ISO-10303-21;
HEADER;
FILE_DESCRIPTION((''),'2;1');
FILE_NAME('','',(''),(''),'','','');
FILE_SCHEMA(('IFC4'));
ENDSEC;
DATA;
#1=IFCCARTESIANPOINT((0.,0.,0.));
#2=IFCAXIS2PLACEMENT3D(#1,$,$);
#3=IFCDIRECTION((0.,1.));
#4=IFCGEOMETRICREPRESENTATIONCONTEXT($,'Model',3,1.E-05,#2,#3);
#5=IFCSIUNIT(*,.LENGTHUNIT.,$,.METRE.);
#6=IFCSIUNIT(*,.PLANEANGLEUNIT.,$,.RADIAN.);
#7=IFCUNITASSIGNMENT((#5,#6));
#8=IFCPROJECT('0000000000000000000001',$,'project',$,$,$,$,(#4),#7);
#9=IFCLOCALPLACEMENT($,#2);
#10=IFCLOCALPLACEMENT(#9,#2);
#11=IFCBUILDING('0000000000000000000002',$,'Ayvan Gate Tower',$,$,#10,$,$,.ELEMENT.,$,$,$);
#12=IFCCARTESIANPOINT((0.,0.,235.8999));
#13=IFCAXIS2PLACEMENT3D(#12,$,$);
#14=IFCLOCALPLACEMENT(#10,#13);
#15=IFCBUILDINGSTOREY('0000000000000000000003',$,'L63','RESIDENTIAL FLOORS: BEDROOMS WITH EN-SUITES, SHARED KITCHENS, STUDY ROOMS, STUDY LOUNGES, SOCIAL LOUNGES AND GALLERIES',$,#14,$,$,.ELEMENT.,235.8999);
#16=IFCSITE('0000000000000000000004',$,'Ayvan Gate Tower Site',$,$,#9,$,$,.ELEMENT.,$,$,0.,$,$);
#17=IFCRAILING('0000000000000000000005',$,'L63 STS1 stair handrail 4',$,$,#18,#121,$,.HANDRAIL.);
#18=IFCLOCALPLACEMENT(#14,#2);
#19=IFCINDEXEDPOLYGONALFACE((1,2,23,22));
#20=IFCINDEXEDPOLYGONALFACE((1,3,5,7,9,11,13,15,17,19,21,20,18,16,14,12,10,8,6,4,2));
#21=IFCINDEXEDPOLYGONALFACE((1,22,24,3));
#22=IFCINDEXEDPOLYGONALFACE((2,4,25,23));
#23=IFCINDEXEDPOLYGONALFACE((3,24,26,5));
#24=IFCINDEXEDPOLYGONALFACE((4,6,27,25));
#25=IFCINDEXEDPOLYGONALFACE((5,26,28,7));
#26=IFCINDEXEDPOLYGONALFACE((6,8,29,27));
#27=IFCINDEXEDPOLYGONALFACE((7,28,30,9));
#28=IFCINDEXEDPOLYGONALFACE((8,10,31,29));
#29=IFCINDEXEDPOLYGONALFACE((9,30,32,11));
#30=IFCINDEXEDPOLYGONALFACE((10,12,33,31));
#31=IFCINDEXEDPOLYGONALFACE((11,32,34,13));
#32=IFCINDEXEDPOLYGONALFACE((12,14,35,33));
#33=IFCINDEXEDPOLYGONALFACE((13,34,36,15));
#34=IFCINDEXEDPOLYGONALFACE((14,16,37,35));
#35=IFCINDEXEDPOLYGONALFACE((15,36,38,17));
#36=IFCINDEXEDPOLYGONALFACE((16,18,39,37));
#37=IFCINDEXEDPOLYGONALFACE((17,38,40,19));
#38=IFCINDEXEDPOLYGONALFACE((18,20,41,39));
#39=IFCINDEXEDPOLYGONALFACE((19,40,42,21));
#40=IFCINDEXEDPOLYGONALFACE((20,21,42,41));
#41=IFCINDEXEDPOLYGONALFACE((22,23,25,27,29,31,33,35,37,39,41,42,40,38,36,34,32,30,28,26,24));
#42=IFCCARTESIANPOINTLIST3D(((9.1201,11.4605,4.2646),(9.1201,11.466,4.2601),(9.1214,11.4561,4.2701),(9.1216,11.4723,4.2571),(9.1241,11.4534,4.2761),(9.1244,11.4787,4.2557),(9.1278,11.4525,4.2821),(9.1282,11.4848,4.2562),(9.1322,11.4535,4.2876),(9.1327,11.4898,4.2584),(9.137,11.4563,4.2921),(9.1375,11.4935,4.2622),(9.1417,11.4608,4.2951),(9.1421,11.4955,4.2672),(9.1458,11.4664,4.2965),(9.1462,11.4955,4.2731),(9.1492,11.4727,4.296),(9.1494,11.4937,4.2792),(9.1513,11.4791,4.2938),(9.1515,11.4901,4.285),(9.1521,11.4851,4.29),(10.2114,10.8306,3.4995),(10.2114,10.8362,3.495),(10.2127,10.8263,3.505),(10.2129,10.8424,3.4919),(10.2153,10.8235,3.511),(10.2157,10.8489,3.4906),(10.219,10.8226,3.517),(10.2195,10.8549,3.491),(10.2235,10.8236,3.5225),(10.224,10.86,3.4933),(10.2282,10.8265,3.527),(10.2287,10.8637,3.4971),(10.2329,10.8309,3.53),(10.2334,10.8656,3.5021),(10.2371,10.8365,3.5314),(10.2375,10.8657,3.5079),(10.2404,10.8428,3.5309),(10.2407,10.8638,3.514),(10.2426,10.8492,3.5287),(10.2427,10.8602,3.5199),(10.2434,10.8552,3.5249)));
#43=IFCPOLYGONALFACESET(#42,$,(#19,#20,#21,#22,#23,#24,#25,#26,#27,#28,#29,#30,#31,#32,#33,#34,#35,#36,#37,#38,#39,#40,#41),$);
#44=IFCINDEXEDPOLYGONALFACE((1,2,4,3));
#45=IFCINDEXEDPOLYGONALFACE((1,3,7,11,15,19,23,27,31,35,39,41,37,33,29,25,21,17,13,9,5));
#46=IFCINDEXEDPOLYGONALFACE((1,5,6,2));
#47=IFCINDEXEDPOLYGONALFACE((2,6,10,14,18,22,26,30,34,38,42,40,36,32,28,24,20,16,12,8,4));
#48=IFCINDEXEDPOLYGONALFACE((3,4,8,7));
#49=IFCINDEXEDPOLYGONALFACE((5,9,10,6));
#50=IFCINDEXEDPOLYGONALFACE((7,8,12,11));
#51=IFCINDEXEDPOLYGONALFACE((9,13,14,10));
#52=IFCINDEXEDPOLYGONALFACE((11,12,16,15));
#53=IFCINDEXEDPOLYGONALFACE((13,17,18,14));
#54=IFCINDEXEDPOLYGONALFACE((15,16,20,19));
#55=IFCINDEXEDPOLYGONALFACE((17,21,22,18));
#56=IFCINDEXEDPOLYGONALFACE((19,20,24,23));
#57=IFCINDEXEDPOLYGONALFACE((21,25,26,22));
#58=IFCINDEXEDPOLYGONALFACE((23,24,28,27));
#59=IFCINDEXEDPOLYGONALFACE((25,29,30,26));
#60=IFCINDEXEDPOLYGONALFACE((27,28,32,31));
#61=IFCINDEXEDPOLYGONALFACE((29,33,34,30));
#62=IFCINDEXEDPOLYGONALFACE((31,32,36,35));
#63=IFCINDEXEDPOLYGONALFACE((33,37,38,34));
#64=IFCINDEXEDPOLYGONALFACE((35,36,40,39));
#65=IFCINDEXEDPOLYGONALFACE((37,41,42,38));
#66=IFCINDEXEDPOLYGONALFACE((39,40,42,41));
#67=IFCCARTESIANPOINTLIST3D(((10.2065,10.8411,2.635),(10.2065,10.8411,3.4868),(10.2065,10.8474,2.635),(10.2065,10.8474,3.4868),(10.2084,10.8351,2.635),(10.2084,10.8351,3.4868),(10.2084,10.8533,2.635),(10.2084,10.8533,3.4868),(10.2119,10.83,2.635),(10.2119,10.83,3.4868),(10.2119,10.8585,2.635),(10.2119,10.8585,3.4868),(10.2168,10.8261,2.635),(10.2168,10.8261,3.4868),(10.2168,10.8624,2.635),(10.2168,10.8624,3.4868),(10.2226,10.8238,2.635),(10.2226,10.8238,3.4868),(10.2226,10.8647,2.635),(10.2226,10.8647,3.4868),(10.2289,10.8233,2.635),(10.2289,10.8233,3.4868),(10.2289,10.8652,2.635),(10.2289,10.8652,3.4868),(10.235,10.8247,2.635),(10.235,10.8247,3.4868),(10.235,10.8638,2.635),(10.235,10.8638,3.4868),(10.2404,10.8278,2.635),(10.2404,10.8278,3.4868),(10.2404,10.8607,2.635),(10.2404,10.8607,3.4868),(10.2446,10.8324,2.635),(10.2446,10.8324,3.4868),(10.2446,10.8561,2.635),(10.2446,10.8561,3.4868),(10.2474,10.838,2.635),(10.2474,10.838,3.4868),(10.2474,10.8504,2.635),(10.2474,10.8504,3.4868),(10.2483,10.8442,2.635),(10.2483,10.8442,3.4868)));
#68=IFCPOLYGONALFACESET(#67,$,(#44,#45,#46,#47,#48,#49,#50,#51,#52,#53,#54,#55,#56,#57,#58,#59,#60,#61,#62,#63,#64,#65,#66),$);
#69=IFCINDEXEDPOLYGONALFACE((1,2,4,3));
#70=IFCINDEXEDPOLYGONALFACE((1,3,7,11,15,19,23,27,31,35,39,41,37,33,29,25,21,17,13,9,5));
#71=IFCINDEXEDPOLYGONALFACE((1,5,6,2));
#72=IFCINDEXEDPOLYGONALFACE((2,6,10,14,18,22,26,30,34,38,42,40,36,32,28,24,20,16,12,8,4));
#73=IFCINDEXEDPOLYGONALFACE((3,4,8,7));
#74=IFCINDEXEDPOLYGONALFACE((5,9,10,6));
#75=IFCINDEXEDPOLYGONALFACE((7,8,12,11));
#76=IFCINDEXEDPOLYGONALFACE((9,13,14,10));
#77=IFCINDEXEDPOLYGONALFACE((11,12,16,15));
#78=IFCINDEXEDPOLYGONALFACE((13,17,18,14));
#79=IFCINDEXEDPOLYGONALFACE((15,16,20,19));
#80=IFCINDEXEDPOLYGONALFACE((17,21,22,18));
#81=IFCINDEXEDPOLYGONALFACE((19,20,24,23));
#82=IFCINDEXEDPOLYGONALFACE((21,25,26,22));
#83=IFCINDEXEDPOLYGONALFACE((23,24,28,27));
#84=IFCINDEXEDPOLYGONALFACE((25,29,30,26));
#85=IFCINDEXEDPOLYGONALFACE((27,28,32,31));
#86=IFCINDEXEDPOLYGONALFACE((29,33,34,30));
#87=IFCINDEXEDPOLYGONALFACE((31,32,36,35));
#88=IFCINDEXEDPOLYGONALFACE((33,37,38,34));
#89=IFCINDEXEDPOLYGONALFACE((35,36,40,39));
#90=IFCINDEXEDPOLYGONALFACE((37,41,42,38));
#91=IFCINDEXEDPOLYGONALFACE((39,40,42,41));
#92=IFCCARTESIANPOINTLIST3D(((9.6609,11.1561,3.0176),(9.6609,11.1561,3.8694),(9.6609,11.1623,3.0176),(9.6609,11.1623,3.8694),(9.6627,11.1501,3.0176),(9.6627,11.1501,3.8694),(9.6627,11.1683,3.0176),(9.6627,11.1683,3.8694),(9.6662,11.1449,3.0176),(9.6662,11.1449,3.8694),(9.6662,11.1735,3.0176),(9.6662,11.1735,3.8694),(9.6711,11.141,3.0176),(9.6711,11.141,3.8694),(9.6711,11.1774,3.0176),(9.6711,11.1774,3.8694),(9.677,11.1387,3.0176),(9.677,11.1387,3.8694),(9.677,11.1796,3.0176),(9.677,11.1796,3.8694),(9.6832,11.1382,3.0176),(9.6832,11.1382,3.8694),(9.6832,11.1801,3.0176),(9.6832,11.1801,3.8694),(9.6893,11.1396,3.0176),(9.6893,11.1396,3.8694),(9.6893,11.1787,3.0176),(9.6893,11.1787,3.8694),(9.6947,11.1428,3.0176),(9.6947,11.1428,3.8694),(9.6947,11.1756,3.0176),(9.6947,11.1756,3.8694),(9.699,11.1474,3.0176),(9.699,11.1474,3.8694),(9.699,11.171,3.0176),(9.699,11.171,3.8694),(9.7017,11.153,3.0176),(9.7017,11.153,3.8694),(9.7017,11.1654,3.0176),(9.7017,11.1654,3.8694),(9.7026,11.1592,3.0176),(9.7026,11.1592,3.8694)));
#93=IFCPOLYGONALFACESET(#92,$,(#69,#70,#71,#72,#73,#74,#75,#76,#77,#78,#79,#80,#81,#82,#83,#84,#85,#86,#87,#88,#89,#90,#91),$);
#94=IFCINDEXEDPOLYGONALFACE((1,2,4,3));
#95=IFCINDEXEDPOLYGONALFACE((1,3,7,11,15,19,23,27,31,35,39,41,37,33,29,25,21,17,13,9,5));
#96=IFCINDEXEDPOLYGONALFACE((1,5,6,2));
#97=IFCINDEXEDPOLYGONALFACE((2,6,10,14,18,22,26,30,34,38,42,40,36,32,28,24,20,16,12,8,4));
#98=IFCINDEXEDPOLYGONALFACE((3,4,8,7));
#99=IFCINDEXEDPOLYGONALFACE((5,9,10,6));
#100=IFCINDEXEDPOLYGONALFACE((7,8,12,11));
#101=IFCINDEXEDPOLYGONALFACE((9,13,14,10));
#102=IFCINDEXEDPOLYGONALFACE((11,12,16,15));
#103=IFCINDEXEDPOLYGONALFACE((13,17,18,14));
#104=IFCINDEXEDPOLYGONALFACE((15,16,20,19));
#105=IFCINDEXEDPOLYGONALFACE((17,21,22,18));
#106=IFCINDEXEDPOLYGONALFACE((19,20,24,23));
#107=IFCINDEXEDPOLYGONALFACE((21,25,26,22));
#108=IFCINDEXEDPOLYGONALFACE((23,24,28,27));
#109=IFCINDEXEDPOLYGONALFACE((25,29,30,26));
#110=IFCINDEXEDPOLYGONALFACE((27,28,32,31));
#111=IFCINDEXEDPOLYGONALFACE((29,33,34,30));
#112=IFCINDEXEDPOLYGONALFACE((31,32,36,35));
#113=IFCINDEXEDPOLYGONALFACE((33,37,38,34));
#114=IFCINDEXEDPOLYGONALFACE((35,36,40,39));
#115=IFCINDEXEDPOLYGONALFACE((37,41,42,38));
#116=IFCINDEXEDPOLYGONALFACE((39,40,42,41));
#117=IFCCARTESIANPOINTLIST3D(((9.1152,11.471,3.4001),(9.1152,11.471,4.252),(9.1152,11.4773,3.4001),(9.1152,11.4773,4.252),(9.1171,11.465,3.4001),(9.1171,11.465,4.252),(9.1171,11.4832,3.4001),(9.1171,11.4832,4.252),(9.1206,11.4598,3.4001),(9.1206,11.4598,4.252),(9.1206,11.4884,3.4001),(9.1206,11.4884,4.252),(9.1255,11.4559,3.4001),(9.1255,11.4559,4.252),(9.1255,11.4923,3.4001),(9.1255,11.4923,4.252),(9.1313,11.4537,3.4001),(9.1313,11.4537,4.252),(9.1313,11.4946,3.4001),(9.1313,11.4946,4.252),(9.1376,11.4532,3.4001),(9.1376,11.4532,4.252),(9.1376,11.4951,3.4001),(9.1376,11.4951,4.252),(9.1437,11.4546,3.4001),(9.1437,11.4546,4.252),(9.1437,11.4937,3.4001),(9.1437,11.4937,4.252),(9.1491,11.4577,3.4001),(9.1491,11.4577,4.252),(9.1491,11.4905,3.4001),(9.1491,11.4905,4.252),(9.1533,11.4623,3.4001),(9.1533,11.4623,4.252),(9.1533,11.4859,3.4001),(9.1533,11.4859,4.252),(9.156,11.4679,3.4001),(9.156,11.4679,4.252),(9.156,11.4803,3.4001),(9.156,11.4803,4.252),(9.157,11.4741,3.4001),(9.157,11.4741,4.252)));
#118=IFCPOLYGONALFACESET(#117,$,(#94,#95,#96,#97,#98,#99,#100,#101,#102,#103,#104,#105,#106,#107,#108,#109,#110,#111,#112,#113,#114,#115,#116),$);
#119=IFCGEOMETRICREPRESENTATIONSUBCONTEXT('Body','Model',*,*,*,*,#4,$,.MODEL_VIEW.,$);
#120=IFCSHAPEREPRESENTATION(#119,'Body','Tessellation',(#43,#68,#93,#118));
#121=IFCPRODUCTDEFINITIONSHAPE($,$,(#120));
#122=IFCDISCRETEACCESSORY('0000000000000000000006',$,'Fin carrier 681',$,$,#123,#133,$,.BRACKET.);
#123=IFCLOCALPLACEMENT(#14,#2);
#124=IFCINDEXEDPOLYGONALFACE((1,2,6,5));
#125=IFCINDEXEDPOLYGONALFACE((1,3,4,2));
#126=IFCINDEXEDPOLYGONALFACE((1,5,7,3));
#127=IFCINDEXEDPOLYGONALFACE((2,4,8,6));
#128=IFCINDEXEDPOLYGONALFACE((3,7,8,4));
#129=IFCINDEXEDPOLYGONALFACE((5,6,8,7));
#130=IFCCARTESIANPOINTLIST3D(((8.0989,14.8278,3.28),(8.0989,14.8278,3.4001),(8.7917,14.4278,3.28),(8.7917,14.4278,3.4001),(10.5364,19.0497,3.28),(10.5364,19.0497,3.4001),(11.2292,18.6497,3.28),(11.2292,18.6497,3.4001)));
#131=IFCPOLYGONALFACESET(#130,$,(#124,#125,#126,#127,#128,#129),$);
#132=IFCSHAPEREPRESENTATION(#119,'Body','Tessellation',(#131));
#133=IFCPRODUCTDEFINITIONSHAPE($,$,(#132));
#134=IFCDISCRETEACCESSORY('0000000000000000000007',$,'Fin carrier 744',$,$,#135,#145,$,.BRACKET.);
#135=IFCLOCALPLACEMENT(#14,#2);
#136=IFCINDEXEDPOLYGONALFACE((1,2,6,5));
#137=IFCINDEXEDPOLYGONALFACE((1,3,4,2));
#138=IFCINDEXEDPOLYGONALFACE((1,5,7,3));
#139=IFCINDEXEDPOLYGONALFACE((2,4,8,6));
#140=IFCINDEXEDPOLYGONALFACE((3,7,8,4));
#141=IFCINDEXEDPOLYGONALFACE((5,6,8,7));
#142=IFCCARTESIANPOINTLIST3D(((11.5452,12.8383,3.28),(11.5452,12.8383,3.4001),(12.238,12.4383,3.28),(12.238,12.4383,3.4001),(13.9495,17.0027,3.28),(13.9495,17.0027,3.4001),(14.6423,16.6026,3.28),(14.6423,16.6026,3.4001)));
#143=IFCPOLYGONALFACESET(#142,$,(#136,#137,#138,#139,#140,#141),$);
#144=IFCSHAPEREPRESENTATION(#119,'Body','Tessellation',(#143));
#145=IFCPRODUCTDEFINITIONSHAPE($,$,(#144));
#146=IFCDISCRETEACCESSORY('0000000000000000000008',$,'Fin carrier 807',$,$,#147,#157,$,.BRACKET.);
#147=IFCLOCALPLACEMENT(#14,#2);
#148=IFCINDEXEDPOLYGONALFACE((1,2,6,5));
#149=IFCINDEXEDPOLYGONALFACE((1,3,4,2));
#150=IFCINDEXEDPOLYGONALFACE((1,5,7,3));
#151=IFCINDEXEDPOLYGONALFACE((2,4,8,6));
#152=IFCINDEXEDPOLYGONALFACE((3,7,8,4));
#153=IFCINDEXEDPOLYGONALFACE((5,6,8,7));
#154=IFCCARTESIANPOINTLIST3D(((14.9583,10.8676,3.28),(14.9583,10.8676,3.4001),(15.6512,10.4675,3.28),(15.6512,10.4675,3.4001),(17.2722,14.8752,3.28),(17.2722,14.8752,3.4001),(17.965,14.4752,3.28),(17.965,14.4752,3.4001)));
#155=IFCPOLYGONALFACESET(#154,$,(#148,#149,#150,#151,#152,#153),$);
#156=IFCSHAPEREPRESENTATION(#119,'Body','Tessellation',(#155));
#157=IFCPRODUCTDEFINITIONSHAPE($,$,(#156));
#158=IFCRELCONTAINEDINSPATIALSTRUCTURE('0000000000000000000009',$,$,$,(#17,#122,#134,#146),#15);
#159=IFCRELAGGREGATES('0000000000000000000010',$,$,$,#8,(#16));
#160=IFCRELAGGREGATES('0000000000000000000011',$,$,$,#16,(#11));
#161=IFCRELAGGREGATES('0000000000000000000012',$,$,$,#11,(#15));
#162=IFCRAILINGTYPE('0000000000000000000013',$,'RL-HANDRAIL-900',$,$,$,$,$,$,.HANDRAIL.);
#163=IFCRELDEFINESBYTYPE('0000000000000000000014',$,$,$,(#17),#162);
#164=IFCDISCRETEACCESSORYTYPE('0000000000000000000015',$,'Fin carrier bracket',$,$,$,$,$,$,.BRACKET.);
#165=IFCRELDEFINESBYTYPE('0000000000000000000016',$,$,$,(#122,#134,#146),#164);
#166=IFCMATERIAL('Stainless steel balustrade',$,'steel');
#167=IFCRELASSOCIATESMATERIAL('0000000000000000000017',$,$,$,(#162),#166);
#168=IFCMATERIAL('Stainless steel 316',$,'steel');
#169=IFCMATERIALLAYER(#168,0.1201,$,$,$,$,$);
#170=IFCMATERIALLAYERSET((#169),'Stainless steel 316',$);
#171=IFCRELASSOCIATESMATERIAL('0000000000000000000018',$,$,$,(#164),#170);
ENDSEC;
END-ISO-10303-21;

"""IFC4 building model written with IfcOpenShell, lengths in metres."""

from ifc_helpers import new_model, si_unit, direction, frame, origin, origin_2d, place, context, subcontext, project, spatial, rectangle, circle, extrude, material, layer, layer_set, type_object, element, save


model = new_model("IFC4")

# Units and contexts
model_context = context("Model", 3, precision=1e-05, world=origin(), true_north=direction((0.0, 1.0)))
body_context = subcontext(model_context, "Body", "Model", "MODEL_VIEW")
ifc_project = project(units=[si_unit("LENGTHUNIT", "METRE"), si_unit("PLANEANGLEUNIT", "RADIAN")], contexts=[model_context])

# Site, building, storey
site_placement = place(None, origin())
site = spatial("IfcSite", under=ifc_project, at=site_placement, Name="Ayvan Gate Tower Site", CompositionType="ELEMENT", RefElevation=0.0)
building_placement = place(site_placement, origin())
building = spatial("IfcBuilding", under=site, at=building_placement, Name="Ayvan Gate Tower", CompositionType="ELEMENT")
storey_placement = place(building_placement, frame((0.0, 0.0, 235.8999)))
storey = spatial("IfcBuildingStorey", under=building, at=storey_placement, Name="L63", Description="RESIDENTIAL FLOORS: BEDROOMS WITH EN-SUITES, SHARED KITCHENS, STUDY ROOMS, STUDY LOUNGES, SOCIAL LOUNGES AND GALLERIES", CompositionType="ELEMENT", Elevation=235.8999)

# Railing
ifc_material_1 = material(Name="Stainless steel balustrade", Category="steel")
railing_type = type_object("IfcRailingType", Name="RL-HANDRAIL-900", PredefinedType="HANDRAIL", material=ifc_material_1)
railing_placement = place(storey_placement, frame((10.2273, 10.8442, 2.635)))
element("IfcRailing", 1, at=railing_placement, inside=storey, type_object=railing_type, Name="L63 STS1 stair handrail 4", PredefinedType="HANDRAIL", context=body_context, shape_type="SweptSolid", body=[
    extrude(circle(Radius=0.0239, at=origin_2d()), frame((0.0, 0.0, 0.876), z_axis=(-0.740293, 0.427283, 0.519033), x_axis=(-0.49989, -0.866089, 0.0)), (0.0, 0.0, 1.0), 1.4741),
    extrude(circle(Radius=0.021, at=origin_2d()), origin(), (0.0, 0.0, 1.0), 0.8518),
    extrude(circle(Radius=0.021, at=origin_2d()), frame((-0.5457, 0.3149, 0.3826)), (0.0, 0.0, 1.0), 0.8518),
    extrude(circle(Radius=0.021, at=origin_2d()), frame((-1.0913, 0.6299, 0.7651)), (0.0, 0.0, 1.0), 0.8518),
])

# Discrete accessories
ifc_material_2 = material(Name="Stainless steel 316", Category="steel")
ifc_layer_1 = layer(ifc_material_2, 0.1201)
ifc_layer_set_1 = layer_set([ifc_layer_1], Name="Stainless steel 316")
discrete_accessory_type = type_object("IfcDiscreteAccessoryType", Name="Fin carrier bracket", PredefinedType="BRACKET", material=ifc_layer_set_1)
discrete_accessory_1_placement = place(storey_placement, frame((9.6641, 16.7388, 3.28), z_axis=(0.0, 0.0, 1.0), x_axis=(-0.866025, 0.5, 0.0)))
element("IfcDiscreteAccessory", 2, at=discrete_accessory_1_placement, inside=storey, type_object=discrete_accessory_type, Name="Fin carrier 681", PredefinedType="BRACKET", context=body_context, shape_type="SweptSolid", body=[
    extrude(rectangle(XDim=0.8, YDim=4.875, at=origin_2d()), origin(), (0.0, 0.0, 1.0), 0.1201),
])
discrete_accessory_2_placement = place(storey_placement, frame((13.0938, 14.7205, 3.28), z_axis=(0.0, 0.0, 1.0), x_axis=(-0.866025, 0.5, 0.0)))
element("IfcDiscreteAccessory", 3, at=discrete_accessory_2_placement, inside=storey, type_object=discrete_accessory_type, Name="Fin carrier 744", PredefinedType="BRACKET", context=body_context, shape_type="SweptSolid", body=[
    extrude(rectangle(XDim=0.8, YDim=4.8086, at=origin_2d()), origin(), (0.0, 0.0, 1.0), 0.1201),
])
discrete_accessory_3_placement = place(storey_placement, frame((16.4617, 12.6714, 3.28), z_axis=(0.0, 0.0, 1.0), x_axis=(-0.866025, 0.5, 0.0)))
element("IfcDiscreteAccessory", 4, at=discrete_accessory_3_placement, inside=storey, type_object=discrete_accessory_type, Name="Fin carrier 807", PredefinedType="BRACKET", context=body_context, shape_type="SweptSolid", body=[
    extrude(rectangle(XDim=0.8, YDim=4.6277, at=origin_2d()), origin(), (0.0, 0.0, 1.0), 0.1201),
])

save(model, "model.ifc")
